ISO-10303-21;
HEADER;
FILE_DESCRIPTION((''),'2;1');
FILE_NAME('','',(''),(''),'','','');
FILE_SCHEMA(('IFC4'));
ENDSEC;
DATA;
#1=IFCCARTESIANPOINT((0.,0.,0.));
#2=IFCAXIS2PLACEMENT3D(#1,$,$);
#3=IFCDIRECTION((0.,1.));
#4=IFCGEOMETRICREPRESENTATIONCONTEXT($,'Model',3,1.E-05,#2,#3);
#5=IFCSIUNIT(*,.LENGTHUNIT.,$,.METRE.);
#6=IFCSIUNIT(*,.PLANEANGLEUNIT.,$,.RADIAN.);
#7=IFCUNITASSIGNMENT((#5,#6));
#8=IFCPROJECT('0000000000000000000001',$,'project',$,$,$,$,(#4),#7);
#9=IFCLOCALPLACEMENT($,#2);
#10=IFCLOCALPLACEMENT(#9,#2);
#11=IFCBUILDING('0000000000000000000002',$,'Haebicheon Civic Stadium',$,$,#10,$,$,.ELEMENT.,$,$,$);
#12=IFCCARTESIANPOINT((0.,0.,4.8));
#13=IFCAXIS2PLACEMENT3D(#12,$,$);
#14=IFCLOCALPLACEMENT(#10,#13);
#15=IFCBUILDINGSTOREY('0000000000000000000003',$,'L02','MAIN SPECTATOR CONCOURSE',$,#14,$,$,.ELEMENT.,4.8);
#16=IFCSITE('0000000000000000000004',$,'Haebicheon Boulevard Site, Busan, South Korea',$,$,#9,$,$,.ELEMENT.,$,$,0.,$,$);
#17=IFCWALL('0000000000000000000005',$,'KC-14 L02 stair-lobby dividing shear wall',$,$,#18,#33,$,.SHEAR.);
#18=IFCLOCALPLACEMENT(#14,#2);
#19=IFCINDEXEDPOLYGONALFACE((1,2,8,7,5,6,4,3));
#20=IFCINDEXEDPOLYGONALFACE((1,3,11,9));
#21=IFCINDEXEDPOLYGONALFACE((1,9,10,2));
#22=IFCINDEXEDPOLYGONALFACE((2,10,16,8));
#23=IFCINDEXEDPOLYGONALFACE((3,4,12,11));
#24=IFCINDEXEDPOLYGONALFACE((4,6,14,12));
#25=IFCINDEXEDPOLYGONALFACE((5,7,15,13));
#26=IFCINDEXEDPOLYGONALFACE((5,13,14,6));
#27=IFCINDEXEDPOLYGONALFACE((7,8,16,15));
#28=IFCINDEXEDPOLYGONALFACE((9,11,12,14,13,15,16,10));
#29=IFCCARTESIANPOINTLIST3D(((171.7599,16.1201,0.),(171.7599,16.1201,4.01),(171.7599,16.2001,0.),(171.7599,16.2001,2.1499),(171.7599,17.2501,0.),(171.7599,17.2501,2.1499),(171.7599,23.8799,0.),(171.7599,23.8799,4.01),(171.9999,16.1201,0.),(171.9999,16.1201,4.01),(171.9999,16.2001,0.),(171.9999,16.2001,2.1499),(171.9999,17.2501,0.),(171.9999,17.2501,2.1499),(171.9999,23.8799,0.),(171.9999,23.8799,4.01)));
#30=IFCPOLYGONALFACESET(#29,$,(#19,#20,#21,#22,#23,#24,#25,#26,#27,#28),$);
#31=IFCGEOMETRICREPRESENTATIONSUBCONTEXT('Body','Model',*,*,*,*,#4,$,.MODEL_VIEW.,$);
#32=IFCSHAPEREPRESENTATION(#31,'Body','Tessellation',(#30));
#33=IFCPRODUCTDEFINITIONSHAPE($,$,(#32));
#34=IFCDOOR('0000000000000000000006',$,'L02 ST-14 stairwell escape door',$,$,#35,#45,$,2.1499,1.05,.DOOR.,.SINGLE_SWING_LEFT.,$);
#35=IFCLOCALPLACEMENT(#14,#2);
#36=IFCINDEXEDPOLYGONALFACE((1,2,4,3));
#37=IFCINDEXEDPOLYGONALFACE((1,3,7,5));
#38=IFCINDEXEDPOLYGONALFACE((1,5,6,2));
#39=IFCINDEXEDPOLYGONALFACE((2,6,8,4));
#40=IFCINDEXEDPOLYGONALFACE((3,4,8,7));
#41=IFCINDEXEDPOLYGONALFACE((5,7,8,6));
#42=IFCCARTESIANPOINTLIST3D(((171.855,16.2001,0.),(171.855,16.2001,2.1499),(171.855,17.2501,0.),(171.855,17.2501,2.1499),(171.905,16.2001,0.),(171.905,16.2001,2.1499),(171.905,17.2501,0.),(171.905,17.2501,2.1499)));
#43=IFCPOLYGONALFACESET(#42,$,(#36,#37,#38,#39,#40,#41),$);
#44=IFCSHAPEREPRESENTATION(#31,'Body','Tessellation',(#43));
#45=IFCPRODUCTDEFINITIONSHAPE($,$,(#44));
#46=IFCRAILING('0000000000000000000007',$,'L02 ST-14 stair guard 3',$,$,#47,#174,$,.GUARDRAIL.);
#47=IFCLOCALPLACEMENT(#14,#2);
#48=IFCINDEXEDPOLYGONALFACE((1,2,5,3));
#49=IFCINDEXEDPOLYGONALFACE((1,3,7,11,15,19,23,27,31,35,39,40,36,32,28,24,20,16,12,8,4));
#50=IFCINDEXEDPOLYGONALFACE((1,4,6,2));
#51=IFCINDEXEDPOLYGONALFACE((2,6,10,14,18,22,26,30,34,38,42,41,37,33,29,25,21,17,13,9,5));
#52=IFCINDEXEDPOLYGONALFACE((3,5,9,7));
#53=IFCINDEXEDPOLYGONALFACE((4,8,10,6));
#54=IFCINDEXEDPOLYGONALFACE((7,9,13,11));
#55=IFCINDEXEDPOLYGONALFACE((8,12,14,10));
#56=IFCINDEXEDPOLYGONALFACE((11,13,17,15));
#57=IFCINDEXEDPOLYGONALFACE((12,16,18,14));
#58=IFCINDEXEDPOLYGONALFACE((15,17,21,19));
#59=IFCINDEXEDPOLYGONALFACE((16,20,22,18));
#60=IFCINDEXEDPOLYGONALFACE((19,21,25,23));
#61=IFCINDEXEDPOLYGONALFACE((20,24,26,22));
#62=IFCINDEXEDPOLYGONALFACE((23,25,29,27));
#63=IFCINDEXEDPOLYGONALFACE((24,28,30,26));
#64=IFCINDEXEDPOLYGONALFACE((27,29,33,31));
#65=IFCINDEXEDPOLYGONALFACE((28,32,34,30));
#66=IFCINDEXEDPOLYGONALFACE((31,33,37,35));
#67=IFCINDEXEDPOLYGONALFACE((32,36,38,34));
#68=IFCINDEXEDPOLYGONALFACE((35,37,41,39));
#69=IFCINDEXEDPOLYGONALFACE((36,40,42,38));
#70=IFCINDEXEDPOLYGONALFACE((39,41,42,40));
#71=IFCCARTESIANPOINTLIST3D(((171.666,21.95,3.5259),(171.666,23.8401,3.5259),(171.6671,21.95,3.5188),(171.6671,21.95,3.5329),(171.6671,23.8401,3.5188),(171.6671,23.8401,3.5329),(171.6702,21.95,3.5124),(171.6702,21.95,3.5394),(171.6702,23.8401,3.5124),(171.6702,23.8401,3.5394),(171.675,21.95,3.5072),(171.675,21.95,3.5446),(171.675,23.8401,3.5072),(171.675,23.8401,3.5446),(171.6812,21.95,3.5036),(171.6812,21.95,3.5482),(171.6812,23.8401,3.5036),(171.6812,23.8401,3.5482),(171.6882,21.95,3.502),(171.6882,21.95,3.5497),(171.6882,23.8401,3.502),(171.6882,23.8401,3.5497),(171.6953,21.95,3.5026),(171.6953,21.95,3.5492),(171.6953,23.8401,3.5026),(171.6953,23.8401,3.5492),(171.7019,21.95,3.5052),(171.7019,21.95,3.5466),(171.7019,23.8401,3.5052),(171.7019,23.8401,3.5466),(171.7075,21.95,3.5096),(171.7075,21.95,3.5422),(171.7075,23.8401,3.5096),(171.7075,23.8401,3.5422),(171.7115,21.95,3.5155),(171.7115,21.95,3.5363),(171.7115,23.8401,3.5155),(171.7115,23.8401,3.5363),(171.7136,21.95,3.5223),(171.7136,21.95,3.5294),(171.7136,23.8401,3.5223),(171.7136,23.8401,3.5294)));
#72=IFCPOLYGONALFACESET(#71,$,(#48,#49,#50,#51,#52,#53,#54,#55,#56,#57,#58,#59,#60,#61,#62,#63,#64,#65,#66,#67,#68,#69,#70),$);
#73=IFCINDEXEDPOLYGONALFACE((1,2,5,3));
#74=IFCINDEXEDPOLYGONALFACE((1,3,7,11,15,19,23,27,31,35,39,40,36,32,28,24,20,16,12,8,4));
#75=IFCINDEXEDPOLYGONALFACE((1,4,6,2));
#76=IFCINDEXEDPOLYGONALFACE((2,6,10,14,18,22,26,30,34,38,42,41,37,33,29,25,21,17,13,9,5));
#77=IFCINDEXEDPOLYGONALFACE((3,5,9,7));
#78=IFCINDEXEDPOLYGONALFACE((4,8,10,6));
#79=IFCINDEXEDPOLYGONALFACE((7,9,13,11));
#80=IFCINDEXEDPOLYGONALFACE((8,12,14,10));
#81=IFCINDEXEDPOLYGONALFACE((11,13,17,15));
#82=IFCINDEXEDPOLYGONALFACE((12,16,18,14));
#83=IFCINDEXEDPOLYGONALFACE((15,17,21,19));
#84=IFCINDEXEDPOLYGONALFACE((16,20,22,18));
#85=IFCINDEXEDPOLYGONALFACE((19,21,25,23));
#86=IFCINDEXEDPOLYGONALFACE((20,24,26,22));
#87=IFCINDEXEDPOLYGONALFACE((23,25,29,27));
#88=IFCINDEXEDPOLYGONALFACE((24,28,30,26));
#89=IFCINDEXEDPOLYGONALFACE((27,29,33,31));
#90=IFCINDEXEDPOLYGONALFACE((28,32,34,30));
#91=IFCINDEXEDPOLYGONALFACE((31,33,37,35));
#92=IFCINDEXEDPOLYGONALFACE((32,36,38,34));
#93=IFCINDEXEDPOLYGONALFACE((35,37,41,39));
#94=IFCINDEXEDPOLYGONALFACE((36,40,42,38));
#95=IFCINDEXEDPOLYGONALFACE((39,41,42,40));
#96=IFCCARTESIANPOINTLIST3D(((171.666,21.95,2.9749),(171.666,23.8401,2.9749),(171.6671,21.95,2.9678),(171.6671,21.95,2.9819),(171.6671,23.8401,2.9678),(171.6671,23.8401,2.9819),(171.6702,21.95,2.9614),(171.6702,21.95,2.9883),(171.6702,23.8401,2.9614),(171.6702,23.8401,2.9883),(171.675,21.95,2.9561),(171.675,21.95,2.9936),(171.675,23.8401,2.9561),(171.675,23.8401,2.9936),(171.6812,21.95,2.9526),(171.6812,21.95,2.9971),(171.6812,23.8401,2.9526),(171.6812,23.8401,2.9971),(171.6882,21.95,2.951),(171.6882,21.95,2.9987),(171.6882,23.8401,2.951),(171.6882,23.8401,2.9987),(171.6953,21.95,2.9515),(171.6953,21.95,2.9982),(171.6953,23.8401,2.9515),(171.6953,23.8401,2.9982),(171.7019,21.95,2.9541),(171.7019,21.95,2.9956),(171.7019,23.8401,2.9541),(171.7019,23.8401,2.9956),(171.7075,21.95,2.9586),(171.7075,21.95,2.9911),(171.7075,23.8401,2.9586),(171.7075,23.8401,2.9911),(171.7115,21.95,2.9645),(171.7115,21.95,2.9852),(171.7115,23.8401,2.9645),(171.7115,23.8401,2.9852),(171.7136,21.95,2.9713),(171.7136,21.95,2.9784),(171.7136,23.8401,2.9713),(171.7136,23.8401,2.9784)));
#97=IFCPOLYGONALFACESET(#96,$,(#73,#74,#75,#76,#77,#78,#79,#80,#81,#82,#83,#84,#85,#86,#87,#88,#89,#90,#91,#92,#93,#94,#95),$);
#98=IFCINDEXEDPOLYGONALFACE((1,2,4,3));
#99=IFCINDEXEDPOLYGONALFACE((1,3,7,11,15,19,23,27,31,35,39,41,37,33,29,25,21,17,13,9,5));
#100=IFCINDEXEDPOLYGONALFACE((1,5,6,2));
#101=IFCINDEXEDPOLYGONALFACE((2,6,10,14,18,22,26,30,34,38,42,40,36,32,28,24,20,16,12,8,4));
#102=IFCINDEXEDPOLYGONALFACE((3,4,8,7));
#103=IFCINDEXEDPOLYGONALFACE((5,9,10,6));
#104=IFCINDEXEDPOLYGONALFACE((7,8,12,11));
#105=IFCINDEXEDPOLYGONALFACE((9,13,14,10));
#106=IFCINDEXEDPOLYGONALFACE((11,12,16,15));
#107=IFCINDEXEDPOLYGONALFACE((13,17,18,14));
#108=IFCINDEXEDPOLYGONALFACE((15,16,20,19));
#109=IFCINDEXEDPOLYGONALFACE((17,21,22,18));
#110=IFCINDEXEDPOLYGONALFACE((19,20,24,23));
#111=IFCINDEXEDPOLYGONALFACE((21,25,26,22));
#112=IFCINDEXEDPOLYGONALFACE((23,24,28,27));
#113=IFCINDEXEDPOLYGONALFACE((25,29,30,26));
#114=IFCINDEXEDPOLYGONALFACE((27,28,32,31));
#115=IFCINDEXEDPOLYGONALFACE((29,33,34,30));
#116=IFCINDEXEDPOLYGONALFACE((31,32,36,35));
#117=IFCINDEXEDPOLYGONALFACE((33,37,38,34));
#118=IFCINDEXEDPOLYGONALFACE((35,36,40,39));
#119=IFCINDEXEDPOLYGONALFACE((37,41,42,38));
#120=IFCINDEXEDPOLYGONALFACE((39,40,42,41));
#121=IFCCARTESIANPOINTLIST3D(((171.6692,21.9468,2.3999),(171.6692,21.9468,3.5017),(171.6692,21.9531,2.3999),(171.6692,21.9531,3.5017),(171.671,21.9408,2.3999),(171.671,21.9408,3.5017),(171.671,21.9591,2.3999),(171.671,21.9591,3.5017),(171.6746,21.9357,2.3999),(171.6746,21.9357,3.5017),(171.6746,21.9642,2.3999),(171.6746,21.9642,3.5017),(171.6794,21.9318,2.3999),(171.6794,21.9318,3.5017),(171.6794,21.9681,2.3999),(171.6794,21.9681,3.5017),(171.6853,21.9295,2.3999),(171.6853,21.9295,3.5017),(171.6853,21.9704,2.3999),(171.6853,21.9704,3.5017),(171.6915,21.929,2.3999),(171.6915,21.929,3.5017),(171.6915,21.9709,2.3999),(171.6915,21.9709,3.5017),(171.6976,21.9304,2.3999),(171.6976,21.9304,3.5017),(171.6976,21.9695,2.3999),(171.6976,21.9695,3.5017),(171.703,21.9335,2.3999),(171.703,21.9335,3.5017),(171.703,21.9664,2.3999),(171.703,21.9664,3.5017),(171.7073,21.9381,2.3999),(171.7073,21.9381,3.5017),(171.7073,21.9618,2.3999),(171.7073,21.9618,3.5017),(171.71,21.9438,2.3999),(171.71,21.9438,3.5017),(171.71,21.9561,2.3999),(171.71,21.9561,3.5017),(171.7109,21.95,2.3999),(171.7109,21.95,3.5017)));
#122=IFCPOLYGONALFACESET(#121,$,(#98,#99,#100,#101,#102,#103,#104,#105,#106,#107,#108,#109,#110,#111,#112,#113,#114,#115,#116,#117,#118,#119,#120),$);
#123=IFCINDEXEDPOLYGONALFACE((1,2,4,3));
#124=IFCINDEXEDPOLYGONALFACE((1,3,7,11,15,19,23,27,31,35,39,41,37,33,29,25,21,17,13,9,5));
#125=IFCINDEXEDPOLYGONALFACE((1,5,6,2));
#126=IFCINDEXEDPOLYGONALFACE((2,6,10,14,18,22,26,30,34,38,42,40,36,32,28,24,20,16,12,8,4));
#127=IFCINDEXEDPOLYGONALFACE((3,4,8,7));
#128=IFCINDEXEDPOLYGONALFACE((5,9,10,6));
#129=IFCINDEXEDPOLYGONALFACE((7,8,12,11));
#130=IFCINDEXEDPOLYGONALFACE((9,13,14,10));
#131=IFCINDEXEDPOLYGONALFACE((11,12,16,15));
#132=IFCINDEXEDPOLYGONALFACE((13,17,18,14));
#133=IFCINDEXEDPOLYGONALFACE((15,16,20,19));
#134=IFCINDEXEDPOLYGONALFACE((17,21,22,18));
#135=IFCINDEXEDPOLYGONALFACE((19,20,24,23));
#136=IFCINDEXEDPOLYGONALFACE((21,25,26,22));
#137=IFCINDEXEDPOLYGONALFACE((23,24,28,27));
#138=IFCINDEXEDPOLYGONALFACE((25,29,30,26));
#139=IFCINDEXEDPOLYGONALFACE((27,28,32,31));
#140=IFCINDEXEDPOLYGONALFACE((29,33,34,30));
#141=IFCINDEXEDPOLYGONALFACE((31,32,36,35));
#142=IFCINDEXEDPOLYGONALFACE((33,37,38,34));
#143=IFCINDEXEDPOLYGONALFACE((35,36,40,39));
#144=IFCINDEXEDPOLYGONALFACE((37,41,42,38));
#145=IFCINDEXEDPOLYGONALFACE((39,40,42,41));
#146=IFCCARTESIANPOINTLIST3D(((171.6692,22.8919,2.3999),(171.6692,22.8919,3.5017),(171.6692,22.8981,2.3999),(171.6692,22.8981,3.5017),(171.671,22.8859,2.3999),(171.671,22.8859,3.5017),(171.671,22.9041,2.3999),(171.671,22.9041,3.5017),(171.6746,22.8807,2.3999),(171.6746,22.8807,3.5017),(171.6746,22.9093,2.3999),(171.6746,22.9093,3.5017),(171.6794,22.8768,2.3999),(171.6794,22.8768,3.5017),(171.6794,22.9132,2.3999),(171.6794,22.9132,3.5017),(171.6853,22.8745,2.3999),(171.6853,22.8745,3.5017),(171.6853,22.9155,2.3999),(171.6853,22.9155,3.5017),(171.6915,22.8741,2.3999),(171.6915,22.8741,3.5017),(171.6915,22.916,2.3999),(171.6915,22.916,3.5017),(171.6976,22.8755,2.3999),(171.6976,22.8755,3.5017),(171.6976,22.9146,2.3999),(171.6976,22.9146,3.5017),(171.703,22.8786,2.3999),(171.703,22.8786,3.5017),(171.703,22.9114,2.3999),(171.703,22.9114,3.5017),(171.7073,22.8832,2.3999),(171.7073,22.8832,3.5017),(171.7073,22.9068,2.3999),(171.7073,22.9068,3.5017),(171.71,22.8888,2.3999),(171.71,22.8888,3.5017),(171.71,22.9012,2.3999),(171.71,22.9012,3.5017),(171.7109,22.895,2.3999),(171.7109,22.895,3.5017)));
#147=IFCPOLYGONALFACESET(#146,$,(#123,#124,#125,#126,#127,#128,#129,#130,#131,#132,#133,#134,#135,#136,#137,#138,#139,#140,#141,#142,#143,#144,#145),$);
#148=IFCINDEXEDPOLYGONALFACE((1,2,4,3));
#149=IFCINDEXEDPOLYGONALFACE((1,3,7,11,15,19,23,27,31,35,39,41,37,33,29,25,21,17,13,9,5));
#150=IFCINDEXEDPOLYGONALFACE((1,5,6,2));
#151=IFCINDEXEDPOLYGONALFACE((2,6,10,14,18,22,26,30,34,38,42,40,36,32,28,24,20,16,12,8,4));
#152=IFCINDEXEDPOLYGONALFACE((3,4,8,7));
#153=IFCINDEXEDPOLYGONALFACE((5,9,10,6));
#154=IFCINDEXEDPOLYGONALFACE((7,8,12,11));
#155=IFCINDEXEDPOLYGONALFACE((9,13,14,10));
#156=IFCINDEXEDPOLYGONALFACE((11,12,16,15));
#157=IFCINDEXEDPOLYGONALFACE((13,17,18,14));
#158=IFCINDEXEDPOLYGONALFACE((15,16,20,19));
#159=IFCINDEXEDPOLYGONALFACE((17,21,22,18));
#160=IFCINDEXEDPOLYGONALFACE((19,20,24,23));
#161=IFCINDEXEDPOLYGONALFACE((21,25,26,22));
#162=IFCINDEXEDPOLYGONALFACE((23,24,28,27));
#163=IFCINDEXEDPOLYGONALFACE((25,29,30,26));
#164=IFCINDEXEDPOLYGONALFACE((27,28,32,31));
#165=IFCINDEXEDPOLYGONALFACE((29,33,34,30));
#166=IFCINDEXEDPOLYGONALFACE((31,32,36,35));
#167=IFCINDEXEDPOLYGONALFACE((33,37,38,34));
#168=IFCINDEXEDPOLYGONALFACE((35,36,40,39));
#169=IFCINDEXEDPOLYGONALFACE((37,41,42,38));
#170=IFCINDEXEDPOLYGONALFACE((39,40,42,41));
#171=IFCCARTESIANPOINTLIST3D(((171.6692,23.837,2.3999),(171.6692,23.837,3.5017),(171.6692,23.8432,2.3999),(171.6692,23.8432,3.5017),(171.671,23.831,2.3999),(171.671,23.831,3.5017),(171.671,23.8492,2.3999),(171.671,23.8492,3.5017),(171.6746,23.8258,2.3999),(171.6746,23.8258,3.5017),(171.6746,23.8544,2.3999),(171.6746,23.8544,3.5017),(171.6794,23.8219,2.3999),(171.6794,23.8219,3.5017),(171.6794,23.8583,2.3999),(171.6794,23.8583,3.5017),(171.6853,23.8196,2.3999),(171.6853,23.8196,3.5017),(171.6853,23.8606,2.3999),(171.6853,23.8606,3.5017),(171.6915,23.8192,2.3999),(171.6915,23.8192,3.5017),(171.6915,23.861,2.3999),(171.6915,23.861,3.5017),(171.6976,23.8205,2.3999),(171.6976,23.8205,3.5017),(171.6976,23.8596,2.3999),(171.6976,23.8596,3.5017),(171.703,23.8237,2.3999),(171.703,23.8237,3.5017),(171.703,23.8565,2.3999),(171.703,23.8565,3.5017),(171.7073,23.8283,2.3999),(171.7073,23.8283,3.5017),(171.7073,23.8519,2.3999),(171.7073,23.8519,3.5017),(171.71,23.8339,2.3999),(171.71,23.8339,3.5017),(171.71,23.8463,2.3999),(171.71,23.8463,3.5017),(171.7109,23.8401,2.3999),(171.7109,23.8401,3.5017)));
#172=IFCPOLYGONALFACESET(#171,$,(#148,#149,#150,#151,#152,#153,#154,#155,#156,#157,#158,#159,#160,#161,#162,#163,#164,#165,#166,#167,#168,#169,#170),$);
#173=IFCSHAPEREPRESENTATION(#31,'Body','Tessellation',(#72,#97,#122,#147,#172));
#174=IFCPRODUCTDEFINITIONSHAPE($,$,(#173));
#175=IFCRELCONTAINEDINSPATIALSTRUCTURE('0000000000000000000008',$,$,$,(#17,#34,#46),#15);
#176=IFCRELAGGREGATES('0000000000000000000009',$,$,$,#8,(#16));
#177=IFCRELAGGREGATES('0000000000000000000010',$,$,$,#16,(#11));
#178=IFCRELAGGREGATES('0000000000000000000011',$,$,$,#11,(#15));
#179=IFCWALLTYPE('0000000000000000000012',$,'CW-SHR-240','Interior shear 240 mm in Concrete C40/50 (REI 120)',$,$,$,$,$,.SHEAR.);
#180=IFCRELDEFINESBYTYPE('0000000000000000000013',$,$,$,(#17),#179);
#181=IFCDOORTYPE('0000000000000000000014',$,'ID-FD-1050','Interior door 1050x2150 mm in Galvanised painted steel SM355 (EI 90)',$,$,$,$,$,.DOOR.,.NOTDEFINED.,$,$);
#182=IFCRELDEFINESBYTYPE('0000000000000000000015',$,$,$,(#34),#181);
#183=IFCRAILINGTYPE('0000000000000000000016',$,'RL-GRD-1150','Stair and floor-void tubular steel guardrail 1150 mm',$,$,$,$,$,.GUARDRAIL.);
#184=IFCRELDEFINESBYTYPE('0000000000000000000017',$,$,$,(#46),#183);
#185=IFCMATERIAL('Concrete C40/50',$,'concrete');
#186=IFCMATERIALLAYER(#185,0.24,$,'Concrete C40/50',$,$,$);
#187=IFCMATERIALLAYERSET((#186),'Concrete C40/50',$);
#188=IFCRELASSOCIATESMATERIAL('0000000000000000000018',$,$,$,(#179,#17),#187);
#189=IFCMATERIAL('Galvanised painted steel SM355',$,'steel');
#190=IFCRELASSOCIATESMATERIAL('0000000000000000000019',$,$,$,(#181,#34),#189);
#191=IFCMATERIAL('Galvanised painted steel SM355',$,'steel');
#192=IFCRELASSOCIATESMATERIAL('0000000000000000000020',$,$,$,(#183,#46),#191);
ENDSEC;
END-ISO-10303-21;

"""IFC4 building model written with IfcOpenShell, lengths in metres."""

from ifc_helpers import new_model, si_unit, direction, frame, frame_2d, origin, origin_2d, place, context, subcontext, project, spatial, rectangle, circle, extrude, material, layer, layer_set, type_object, element, fill, save


model = new_model("IFC4")

# Units and contexts
model_context = context("Model", 3, precision=1e-05, world=origin(), true_north=direction((0.0, 1.0)))
body_context = subcontext(model_context, "Body", "Model", "MODEL_VIEW")
ifc_project = project(units=[si_unit("LENGTHUNIT", "METRE"), si_unit("PLANEANGLEUNIT", "RADIAN")], contexts=[model_context])

# Site, building, storey
site_placement = place(None, origin())
site = spatial("IfcSite", under=ifc_project, at=site_placement, Name="Haebicheon Boulevard Site, Busan, South Korea", CompositionType="ELEMENT", RefElevation=0.0)
building_placement = place(site_placement, origin())
building = spatial("IfcBuilding", under=site, at=building_placement, Name="Haebicheon Civic Stadium", CompositionType="ELEMENT")
storey_placement = place(building_placement, frame((0.0, 0.0, 4.8)))
storey = spatial("IfcBuildingStorey", under=building, at=storey_placement, Name="L02", Description="MAIN SPECTATOR CONCOURSE", CompositionType="ELEMENT", Elevation=4.8)

# Shared definitions
ifc_material_1 = material(Name="Concrete C40/50", Category="concrete")
ifc_layer = layer(ifc_material_1, 0.24, Name="Concrete C40/50")
ifc_layer_set = layer_set([ifc_layer], Name="Concrete C40/50")
wall_type = type_object("IfcWallType", Name="CW-SHR-240", Description="Interior shear 240 mm in Concrete C40/50 (REI 120)", PredefinedType="SHEAR", material=ifc_layer_set)

# Wall, opening, door
wall_1_placement = place(storey_placement, frame((171.8799, 16.1201, 0.0), z_axis=(0.0, 0.0, 1.0), x_axis=(0.0, 1.0, 0.0)))
wall_1 = element("IfcWall", 1, at=wall_1_placement, inside=storey, type_object=wall_type, material=ifc_layer_set, Name="KC-14 L02 stair-lobby dividing shear wall", PredefinedType="SHEAR", context=body_context, shape_type="SweptSolid", body=[
    extrude(rectangle(XDim=7.7598, YDim=0.24, at=frame_2d((3.8799, 0.0))), origin(), (0.0, 0.0, 1.0), 4.01),
])
opening_1_placement = place(wall_1_placement, frame((0.0801, 0.0, 0.0)))
opening_1 = element("IfcOpeningElement", 2, at=opening_1_placement, cuts=wall_1, PredefinedType="OPENING", context=body_context, shape_type="SweptSolid", body=[
    extrude(rectangle(XDim=1.05, YDim=2.1499, at=frame_2d((0.5249, 1.075))), frame((0.0, 0.1299, 0.0), z_axis=(0.0, -1.0, 0.0), x_axis=(1.0, 0.0, 0.0)), (0.0, 0.0, 1.0), 0.26),
])
ifc_material_2 = material(Name="Galvanised painted steel SM355", Category="steel")
door_type_1 = type_object("IfcDoorType", Name="ID-FD-1050", Description="Interior door 1050x2150 mm in Galvanised painted steel SM355 (EI 90)", OperationType="NOTDEFINED", PredefinedType="DOOR", material=ifc_material_2)
door_1_placement = place(opening_1_placement, origin())
door_1 = element("IfcDoor", 3, at=door_1_placement, inside=storey, type_object=door_type_1, material=ifc_material_2, Name="L02 ST-14 stairwell escape door", OperationType="SINGLE_SWING_LEFT", OverallHeight=2.1499, OverallWidth=1.05, PredefinedType="DOOR", context=body_context, shape_type="SweptSolid", body=[
    extrude(rectangle(XDim=1.05, YDim=2.1499, at=frame_2d((0.5249, 1.075))), frame((0.0, 0.0249, 0.0), z_axis=(0.0, -1.0, 0.0), x_axis=(1.0, 0.0, 0.0)), (0.0, 0.0, 1.0), 0.05),
])
fill(opening_1, door_1)

# Railing
ifc_material_3 = material(Name="Galvanised painted steel SM355", Category="steel")
railing_type_1 = type_object("IfcRailingType", Name="RL-GRD-1150", Description="Stair and floor-void tubular steel guardrail 1150 mm", PredefinedType="GUARDRAIL", material=ifc_material_3)
railing_1_placement = place(storey_placement, frame((171.6899, 21.95, 2.3999)))
element("IfcRailing", 4, at=railing_1_placement, inside=storey, type_object=railing_type_1, material=ifc_material_3, Name="L02 ST-14 stair guard 3", PredefinedType="GUARDRAIL", context=body_context, shape_type="SweptSolid", body=[
    extrude(circle(Radius=0.0239, at=origin_2d()), frame((0.0, 0.0, 1.126), z_axis=(0.0, 1.0, 0.0), x_axis=(-1.0, 0.0, 0.0)), (0.0, 0.0, 1.0), 1.8901),
    extrude(circle(Radius=0.0239, at=origin_2d()), frame((0.0, 0.0, 0.575), z_axis=(0.0, 1.0, 0.0), x_axis=(-1.0, 0.0, 0.0)), (0.0, 0.0, 1.0), 1.8901),
    extrude(circle(Radius=0.021, at=origin_2d()), origin(), (0.0, 0.0, 1.0), 1.1018),
    extrude(circle(Radius=0.021, at=origin_2d()), frame((0.0, 0.9451, 0.0)), (0.0, 0.0, 1.0), 1.1018),
    extrude(circle(Radius=0.021, at=origin_2d()), frame((0.0, 1.8901, 0.0)), (0.0, 0.0, 1.0), 1.1018),
])

save(model, "model.ifc")
